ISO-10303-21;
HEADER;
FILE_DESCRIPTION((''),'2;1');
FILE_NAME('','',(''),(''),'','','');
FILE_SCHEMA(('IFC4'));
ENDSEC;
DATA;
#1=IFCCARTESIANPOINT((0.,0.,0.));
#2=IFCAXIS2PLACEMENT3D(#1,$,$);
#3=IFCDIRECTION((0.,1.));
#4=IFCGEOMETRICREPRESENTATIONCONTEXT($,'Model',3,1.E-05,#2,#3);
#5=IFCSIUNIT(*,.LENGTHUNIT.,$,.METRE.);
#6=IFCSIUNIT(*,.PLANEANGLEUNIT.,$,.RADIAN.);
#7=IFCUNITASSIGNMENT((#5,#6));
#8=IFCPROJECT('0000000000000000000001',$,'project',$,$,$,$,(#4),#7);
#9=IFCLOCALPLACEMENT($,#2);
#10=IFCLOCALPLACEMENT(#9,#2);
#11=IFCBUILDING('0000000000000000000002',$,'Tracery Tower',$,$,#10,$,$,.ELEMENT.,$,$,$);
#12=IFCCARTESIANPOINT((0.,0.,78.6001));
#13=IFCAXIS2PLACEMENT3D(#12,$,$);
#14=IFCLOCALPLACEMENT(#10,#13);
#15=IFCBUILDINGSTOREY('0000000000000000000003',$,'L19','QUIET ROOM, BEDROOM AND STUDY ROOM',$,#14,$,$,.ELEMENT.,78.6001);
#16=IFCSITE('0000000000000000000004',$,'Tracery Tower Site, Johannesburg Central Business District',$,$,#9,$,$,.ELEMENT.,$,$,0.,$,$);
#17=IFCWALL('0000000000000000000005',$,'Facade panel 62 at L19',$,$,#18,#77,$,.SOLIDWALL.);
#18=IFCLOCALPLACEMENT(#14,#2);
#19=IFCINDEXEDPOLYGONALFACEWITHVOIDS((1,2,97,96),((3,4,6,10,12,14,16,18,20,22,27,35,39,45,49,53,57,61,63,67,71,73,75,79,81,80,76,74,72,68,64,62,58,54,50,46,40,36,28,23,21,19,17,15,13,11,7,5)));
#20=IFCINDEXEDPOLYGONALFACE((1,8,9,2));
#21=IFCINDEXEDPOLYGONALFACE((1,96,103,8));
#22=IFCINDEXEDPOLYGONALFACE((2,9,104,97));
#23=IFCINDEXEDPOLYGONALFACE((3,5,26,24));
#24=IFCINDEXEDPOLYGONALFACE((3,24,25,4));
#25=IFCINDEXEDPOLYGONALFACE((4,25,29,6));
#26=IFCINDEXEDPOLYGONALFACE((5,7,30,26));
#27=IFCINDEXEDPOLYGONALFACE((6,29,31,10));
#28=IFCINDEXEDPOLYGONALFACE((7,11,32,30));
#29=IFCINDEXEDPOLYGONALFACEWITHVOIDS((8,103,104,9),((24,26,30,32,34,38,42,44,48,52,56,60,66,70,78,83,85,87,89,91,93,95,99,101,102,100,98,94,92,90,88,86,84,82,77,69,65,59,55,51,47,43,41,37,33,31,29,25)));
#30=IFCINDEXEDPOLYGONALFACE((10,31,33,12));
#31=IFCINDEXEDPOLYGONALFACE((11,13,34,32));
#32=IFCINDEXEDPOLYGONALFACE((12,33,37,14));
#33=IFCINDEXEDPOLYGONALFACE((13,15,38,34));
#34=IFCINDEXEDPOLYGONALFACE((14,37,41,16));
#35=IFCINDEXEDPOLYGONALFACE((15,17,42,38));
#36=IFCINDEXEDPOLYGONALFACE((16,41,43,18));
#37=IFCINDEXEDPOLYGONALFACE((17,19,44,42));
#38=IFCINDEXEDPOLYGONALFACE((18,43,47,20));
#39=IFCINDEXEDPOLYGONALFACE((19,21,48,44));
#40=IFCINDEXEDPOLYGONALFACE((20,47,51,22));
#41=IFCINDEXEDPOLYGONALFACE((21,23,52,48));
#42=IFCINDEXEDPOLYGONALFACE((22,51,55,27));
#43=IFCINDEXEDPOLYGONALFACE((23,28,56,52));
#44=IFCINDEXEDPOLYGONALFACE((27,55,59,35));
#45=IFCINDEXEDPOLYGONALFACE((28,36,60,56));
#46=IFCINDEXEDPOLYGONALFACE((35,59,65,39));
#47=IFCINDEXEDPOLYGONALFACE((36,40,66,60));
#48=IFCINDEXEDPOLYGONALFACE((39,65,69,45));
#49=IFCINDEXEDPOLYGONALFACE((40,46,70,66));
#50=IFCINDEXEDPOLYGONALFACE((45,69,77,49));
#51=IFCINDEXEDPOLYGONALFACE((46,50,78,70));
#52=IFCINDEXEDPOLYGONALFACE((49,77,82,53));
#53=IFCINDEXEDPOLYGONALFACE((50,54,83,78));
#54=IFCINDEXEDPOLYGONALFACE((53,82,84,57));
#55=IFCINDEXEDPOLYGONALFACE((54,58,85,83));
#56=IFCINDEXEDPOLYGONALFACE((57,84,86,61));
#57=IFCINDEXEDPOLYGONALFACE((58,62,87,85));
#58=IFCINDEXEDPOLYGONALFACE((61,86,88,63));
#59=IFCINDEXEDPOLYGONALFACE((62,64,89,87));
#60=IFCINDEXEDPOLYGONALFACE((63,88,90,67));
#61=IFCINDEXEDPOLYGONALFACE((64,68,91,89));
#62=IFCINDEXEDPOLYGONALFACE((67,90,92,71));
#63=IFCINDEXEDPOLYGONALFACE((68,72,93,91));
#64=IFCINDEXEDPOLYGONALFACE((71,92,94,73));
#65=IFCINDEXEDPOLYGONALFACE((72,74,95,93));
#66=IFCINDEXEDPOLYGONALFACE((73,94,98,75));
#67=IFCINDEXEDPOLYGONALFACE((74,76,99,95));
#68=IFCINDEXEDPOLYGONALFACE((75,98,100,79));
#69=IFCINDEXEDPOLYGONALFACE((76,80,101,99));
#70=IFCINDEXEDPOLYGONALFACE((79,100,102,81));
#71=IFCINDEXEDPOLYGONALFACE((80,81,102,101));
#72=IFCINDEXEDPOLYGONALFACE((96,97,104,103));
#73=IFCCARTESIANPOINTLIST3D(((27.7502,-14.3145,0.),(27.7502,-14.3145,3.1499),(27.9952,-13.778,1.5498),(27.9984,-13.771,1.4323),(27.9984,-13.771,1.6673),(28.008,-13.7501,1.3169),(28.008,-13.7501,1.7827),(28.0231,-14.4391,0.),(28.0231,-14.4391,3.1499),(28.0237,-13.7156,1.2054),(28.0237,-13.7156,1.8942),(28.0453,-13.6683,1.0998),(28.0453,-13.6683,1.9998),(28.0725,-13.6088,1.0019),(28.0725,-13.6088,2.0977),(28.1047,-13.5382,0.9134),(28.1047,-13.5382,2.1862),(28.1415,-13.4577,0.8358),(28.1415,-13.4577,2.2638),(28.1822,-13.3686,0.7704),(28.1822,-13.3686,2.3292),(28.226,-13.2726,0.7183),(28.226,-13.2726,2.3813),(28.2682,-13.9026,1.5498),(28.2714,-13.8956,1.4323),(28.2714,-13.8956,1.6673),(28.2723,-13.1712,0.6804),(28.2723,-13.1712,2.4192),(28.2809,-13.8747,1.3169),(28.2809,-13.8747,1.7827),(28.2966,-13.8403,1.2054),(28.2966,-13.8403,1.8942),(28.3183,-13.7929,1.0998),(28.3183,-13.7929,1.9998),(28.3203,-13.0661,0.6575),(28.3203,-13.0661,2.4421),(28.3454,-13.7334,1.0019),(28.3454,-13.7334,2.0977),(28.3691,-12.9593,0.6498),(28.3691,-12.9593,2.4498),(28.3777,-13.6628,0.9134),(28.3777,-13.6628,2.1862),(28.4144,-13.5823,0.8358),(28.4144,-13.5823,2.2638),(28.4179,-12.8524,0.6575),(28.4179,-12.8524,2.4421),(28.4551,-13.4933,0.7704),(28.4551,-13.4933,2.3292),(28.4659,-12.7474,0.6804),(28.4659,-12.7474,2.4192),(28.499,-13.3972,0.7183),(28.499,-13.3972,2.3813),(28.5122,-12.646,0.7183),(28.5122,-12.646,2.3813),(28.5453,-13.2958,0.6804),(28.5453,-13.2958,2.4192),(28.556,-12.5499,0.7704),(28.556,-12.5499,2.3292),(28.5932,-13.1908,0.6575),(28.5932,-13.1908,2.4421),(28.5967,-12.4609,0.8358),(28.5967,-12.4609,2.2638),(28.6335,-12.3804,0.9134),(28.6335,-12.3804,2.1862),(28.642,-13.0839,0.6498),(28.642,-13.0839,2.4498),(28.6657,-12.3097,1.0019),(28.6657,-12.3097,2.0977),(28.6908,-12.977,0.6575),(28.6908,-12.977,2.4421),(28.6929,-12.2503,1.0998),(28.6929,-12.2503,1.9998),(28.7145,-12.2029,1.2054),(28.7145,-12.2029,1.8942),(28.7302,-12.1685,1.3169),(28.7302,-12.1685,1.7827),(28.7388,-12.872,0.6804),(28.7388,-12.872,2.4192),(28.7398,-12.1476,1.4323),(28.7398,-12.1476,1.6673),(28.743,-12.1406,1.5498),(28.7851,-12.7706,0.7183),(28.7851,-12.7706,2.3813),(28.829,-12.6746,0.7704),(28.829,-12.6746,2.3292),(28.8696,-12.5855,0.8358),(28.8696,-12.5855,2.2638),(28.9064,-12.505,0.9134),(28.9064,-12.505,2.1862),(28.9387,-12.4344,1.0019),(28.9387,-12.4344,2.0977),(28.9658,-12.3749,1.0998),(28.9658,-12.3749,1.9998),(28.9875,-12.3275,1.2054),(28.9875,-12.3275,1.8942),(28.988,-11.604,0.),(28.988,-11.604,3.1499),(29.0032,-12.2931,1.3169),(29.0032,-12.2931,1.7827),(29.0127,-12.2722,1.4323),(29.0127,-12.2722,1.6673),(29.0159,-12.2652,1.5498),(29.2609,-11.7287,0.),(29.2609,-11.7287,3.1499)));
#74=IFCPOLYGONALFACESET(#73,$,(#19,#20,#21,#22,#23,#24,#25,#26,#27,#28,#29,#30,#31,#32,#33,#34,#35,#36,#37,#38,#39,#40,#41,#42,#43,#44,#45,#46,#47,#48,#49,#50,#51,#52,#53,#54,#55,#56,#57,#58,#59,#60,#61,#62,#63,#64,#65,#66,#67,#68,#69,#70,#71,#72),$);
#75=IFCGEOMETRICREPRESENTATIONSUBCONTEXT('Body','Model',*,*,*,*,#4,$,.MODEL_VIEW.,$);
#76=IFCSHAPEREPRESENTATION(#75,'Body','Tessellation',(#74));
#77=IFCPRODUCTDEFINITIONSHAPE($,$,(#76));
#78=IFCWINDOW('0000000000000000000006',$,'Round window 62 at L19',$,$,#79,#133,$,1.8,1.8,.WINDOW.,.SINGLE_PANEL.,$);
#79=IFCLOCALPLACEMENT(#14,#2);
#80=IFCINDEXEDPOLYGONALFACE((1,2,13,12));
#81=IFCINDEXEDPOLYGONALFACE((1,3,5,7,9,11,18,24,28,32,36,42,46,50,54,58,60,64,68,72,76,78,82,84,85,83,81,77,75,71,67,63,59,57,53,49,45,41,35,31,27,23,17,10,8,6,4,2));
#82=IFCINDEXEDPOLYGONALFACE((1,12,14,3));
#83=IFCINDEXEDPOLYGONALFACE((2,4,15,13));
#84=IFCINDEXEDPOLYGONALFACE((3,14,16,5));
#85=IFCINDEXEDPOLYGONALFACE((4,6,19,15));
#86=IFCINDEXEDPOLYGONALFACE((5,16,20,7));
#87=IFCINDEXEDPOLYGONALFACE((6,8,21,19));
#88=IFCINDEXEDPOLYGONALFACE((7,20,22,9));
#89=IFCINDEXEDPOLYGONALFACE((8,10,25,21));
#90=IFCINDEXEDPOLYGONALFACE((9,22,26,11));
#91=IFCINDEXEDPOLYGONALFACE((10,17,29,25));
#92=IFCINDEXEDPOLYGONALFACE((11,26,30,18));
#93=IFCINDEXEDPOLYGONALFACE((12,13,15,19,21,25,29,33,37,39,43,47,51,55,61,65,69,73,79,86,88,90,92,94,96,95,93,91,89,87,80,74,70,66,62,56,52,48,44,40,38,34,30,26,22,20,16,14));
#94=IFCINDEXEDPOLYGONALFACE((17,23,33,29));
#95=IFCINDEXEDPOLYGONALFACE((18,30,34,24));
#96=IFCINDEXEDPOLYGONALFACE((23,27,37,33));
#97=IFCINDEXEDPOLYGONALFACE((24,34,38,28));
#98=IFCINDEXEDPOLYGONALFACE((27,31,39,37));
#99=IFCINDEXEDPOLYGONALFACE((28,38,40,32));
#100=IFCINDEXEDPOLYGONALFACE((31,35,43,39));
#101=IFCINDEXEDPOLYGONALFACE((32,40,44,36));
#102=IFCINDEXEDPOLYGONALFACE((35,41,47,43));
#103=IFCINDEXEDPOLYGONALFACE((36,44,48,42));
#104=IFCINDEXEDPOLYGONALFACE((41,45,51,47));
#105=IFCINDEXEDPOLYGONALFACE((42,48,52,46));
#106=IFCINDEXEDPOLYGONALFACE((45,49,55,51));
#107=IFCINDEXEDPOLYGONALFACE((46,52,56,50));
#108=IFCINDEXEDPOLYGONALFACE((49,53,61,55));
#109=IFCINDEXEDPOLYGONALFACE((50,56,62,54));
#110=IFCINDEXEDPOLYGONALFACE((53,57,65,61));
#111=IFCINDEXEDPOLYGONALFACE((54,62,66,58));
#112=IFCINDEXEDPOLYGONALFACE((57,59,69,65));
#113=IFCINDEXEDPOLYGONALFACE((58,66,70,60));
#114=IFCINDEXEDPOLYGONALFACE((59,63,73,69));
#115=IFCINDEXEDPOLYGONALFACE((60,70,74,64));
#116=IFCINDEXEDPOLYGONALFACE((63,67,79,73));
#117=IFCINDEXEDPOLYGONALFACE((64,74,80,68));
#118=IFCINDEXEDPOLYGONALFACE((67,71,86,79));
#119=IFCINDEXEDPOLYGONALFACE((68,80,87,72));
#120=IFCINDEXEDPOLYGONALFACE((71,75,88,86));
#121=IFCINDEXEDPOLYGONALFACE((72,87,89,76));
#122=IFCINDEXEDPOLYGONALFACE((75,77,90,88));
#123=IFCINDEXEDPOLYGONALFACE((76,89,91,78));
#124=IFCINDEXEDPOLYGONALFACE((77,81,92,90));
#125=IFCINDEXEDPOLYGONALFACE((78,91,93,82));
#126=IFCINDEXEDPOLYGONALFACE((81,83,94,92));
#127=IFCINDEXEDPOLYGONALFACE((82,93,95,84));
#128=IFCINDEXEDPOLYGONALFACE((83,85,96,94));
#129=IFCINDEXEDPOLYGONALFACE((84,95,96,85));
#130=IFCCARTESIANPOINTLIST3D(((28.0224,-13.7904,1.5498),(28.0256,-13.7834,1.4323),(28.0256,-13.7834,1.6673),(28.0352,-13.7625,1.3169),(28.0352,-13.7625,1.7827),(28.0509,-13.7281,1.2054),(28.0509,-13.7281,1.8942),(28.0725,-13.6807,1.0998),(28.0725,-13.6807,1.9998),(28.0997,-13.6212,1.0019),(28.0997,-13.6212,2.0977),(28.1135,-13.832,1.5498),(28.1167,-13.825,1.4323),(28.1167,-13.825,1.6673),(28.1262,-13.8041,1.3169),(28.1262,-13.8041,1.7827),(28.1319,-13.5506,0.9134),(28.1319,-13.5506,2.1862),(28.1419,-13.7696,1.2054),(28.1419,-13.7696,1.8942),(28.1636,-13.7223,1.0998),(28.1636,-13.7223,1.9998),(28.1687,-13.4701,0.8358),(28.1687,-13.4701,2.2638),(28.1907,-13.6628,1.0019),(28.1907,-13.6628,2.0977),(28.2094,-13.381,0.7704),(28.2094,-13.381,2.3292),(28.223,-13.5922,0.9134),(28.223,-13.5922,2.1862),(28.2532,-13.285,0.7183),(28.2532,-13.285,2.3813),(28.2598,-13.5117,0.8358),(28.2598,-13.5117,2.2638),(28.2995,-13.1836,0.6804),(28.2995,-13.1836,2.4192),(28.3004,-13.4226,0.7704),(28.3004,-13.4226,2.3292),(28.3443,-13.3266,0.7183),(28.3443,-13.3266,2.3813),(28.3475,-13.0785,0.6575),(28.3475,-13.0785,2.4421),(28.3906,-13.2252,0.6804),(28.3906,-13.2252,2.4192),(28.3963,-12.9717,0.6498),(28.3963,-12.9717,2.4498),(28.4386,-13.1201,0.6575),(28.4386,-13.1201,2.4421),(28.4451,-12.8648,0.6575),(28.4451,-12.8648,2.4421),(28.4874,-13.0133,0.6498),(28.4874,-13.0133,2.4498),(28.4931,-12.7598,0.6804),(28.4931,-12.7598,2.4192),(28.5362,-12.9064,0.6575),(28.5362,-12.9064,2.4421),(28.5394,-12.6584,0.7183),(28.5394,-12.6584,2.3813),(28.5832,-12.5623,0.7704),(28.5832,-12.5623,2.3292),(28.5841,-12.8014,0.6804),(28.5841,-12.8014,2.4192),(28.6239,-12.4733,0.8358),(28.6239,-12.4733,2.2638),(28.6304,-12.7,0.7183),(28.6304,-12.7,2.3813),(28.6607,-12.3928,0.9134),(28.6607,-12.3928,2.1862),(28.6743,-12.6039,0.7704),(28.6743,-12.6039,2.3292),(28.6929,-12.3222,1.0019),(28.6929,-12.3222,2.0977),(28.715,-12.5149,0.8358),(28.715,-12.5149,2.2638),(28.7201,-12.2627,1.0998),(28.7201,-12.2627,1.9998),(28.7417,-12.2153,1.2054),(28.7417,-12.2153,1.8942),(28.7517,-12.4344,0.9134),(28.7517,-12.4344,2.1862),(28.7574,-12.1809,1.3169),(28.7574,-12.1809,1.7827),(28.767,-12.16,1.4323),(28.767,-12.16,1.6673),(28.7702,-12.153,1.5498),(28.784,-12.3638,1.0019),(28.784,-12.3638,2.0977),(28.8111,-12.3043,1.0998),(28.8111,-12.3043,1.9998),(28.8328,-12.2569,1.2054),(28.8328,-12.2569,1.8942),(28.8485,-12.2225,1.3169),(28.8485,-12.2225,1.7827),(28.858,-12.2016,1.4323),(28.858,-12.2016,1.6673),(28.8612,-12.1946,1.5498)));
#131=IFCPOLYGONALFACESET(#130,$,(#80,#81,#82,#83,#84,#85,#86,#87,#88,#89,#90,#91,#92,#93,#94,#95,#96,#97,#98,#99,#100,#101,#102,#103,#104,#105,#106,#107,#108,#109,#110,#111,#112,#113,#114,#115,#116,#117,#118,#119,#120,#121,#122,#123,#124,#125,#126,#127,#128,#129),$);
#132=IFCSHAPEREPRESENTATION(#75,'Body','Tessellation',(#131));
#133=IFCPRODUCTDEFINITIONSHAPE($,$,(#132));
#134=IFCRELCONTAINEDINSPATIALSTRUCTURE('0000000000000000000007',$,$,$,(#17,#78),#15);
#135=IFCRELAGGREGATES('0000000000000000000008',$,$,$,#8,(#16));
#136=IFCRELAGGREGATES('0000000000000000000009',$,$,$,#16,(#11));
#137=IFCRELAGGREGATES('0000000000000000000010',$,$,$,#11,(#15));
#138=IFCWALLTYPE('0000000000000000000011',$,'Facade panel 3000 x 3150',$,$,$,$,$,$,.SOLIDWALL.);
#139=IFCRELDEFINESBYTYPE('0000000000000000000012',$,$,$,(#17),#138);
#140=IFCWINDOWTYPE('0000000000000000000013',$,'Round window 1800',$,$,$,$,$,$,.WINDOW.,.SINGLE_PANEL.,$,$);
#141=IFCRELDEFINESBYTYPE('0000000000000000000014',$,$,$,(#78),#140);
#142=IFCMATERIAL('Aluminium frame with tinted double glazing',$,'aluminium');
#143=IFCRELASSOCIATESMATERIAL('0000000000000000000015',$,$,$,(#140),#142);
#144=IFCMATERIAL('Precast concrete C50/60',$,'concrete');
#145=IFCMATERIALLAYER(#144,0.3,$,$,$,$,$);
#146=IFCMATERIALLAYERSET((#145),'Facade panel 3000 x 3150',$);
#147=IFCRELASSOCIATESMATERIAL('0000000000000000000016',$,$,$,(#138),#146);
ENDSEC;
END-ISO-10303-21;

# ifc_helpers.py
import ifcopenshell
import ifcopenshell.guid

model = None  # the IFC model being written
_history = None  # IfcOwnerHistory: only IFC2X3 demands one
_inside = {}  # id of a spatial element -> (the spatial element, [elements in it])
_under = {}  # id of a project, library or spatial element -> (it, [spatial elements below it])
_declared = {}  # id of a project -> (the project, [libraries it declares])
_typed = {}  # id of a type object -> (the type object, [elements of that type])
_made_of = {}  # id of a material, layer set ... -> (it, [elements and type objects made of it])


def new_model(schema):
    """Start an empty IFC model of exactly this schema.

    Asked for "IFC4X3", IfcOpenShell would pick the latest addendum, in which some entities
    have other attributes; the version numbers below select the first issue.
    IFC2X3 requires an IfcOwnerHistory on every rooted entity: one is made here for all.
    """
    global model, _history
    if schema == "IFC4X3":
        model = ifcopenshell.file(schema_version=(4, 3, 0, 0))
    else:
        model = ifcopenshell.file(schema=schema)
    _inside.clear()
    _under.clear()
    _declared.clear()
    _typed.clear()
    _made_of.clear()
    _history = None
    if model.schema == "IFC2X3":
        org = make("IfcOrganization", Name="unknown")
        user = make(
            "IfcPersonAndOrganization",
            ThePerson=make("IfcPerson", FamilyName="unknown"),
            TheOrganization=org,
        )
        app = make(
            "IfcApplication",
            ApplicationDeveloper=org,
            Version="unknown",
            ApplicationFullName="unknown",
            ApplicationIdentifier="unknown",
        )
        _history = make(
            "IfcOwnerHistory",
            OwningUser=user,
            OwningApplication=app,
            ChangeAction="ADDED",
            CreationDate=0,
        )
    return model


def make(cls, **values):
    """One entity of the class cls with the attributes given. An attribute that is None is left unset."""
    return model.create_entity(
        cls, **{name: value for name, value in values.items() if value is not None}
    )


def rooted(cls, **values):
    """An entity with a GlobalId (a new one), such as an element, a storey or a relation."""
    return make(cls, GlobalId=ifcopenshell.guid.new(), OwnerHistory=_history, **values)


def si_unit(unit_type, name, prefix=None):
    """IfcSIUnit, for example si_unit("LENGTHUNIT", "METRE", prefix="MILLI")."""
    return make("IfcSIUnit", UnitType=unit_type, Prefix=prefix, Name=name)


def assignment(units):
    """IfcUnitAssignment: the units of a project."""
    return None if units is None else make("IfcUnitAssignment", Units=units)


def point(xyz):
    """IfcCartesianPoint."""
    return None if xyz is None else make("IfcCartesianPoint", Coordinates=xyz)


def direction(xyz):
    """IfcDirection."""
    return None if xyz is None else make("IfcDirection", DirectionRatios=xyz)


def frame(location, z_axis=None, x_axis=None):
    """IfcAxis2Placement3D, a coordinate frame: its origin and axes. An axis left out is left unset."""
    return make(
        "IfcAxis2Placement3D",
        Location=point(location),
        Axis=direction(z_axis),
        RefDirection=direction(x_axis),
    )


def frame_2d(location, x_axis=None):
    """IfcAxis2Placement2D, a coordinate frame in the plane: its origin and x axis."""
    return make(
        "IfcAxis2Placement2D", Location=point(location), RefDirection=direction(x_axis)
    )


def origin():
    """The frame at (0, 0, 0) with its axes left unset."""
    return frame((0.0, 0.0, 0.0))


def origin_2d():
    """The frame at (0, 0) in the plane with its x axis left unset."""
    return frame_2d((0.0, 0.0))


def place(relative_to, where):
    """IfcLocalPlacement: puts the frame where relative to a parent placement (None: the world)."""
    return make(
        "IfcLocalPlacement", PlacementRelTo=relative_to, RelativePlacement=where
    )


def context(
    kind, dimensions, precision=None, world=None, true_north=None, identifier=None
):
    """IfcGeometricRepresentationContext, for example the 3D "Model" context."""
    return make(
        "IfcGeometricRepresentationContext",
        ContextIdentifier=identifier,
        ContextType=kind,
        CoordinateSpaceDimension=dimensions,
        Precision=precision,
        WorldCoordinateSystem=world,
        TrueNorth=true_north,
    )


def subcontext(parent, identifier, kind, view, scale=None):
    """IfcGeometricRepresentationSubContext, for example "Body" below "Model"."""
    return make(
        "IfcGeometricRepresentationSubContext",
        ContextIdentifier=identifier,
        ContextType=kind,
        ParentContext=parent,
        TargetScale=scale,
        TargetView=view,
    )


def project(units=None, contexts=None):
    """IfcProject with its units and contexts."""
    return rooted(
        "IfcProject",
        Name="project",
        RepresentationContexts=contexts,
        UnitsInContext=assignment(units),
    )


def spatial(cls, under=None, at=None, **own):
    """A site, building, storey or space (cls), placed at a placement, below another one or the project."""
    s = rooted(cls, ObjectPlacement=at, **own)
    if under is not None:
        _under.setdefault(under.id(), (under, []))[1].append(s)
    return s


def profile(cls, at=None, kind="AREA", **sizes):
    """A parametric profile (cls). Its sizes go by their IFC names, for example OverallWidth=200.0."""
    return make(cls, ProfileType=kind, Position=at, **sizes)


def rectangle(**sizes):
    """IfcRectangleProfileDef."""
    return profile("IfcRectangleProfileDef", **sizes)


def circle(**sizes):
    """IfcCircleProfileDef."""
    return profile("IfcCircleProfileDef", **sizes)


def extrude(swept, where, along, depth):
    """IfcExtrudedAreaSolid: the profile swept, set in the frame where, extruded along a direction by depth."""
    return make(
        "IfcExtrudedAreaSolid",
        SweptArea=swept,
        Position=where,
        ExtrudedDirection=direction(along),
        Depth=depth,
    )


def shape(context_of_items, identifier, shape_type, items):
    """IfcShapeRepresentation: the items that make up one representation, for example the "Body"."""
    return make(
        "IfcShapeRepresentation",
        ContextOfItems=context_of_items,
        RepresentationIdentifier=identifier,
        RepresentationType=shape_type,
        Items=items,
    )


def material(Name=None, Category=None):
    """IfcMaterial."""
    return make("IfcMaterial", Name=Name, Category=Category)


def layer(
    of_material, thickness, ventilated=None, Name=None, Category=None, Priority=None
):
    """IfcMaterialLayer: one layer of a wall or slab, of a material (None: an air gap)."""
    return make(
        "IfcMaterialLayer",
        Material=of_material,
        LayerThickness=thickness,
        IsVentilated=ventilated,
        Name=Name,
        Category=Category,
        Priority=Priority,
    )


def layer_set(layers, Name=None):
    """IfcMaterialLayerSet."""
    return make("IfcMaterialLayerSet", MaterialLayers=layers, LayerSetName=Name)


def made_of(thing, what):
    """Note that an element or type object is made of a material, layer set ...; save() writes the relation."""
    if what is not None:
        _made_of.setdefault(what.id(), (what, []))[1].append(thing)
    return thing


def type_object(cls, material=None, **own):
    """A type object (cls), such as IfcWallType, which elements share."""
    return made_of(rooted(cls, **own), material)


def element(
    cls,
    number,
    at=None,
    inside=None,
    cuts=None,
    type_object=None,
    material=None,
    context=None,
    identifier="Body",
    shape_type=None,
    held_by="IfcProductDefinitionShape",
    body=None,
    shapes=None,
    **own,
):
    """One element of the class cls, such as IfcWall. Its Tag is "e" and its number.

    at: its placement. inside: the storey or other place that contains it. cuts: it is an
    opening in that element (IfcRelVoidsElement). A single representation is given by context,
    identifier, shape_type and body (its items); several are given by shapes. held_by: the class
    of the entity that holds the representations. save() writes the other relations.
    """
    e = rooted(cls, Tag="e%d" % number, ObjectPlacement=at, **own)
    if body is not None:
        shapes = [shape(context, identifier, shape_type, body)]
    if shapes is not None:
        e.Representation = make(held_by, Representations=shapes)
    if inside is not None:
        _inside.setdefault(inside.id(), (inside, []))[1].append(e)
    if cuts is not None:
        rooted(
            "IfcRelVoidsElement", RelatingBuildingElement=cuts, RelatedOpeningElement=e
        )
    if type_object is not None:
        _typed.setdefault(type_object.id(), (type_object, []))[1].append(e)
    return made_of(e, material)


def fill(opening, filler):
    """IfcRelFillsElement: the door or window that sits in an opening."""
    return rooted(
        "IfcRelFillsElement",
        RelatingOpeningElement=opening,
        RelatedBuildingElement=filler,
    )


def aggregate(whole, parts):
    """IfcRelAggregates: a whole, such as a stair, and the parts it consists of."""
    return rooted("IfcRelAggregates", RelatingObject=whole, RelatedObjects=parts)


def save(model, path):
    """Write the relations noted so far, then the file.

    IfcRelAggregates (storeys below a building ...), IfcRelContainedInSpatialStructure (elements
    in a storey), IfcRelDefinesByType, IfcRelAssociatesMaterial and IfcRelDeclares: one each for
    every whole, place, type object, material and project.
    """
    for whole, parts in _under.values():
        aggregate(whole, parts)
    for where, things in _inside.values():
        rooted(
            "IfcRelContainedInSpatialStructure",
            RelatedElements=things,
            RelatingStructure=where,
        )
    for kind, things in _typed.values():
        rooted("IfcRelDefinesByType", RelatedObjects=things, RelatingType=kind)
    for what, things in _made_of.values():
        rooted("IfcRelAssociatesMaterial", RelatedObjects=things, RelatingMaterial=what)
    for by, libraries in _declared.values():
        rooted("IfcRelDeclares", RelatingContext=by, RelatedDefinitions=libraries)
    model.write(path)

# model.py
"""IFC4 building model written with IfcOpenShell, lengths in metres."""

from ifc_helpers import new_model, si_unit, direction, frame, frame_2d, origin, origin_2d, place, context, subcontext, project, spatial, rectangle, circle, extrude, material, layer, layer_set, type_object, element, fill, save


model = new_model("IFC4")

# Units and contexts
model_context = context("Model", 3, precision=1e-05, world=origin(), true_north=direction((0.0, 1.0)))
body_context = subcontext(model_context, "Body", "Model", "MODEL_VIEW")
ifc_project = project(units=[si_unit("LENGTHUNIT", "METRE"), si_unit("PLANEANGLEUNIT", "RADIAN")], contexts=[model_context])

# Site, building, storey
site_placement = place(None, origin())
site = spatial("IfcSite", under=ifc_project, at=site_placement, Name="Tracery Tower Site, Johannesburg Central Business District", CompositionType="ELEMENT", RefElevation=0.0)
building_placement = place(site_placement, origin())
building = spatial("IfcBuilding", under=site, at=building_placement, Name="Tracery Tower", CompositionType="ELEMENT")
storey_placement = place(building_placement, frame((0.0, 0.0, 78.6001)))
storey = spatial("IfcBuildingStorey", under=building, at=storey_placement, Name="L19", Description="QUIET ROOM, BEDROOM AND STUDY ROOM", CompositionType="ELEMENT", Elevation=78.6001)

# Wall, opening, window
ifc_material_1 = material(Name="Aluminium frame with tinted double glazing", Category="aluminium")
window_type = type_object("IfcWindowType", Name="Round window 1800", PartitioningType="SINGLE_PANEL", PredefinedType="WINDOW", material=ifc_material_1)
ifc_material_2 = material(Name="Precast concrete C50/60", Category="concrete")
ifc_layer_1 = layer(ifc_material_2, 0.3)
ifc_layer_set_1 = layer_set([ifc_layer_1], Name="Facade panel 3000 x 3150")
wall_type_1 = type_object("IfcWallType", Name="Facade panel 3000 x 3150", PredefinedType="SOLIDWALL", material=ifc_layer_set_1)
wall_1_placement = place(storey_placement, frame((27.8867, -14.3767, 0.0), z_axis=(0.0, 0.0, 1.0), x_axis=(0.415407, 0.909636, 0.0)))
wall_1 = element("IfcWall", 1, at=wall_1_placement, inside=storey, type_object=wall_type_1, Name="Facade panel 62 at L19", PredefinedType="SOLIDWALL", context=body_context, shape_type="SweptSolid", body=[
    extrude(rectangle(XDim=2.9797, YDim=0.3, at=frame_2d((1.4897, 0.0))), origin(), (0.0, 0.0, 1.0), 3.1499),
])
opening_1_placement = place(wall_1_placement, frame((1.4897, 0.0, 1.5498)))
opening_1 = element("IfcOpeningElement", 2, at=opening_1_placement, cuts=wall_1, PredefinedType="OPENING", context=body_context, shape_type="SweptSolid", body=[
    extrude(circle(Radius=0.9, at=origin_2d()), frame((0.0, 0.1599, 0.0), z_axis=(0.0, -1.0, 0.0), x_axis=(1.0, 0.0, 0.0)), (0.0, 0.0, 1.0), 0.3201),
])
window_1_placement = place(opening_1_placement, origin())
window_1 = element("IfcWindow", 3, at=window_1_placement, inside=storey, type_object=window_type, Name="Round window 62 at L19", OverallHeight=1.8, OverallWidth=1.8, PartitioningType="SINGLE_PANEL", PredefinedType="WINDOW", context=body_context, shape_type="SweptSolid", body=[
    extrude(circle(Radius=0.9, at=origin_2d()), frame((0.0, 0.1201, 0.0), z_axis=(0.0, -1.0, 0.0), x_axis=(1.0, 0.0, 0.0)), (0.0, 0.0, 1.0), 0.1001),
])
fill(opening_1, window_1)

save(model, "model.ifc")
